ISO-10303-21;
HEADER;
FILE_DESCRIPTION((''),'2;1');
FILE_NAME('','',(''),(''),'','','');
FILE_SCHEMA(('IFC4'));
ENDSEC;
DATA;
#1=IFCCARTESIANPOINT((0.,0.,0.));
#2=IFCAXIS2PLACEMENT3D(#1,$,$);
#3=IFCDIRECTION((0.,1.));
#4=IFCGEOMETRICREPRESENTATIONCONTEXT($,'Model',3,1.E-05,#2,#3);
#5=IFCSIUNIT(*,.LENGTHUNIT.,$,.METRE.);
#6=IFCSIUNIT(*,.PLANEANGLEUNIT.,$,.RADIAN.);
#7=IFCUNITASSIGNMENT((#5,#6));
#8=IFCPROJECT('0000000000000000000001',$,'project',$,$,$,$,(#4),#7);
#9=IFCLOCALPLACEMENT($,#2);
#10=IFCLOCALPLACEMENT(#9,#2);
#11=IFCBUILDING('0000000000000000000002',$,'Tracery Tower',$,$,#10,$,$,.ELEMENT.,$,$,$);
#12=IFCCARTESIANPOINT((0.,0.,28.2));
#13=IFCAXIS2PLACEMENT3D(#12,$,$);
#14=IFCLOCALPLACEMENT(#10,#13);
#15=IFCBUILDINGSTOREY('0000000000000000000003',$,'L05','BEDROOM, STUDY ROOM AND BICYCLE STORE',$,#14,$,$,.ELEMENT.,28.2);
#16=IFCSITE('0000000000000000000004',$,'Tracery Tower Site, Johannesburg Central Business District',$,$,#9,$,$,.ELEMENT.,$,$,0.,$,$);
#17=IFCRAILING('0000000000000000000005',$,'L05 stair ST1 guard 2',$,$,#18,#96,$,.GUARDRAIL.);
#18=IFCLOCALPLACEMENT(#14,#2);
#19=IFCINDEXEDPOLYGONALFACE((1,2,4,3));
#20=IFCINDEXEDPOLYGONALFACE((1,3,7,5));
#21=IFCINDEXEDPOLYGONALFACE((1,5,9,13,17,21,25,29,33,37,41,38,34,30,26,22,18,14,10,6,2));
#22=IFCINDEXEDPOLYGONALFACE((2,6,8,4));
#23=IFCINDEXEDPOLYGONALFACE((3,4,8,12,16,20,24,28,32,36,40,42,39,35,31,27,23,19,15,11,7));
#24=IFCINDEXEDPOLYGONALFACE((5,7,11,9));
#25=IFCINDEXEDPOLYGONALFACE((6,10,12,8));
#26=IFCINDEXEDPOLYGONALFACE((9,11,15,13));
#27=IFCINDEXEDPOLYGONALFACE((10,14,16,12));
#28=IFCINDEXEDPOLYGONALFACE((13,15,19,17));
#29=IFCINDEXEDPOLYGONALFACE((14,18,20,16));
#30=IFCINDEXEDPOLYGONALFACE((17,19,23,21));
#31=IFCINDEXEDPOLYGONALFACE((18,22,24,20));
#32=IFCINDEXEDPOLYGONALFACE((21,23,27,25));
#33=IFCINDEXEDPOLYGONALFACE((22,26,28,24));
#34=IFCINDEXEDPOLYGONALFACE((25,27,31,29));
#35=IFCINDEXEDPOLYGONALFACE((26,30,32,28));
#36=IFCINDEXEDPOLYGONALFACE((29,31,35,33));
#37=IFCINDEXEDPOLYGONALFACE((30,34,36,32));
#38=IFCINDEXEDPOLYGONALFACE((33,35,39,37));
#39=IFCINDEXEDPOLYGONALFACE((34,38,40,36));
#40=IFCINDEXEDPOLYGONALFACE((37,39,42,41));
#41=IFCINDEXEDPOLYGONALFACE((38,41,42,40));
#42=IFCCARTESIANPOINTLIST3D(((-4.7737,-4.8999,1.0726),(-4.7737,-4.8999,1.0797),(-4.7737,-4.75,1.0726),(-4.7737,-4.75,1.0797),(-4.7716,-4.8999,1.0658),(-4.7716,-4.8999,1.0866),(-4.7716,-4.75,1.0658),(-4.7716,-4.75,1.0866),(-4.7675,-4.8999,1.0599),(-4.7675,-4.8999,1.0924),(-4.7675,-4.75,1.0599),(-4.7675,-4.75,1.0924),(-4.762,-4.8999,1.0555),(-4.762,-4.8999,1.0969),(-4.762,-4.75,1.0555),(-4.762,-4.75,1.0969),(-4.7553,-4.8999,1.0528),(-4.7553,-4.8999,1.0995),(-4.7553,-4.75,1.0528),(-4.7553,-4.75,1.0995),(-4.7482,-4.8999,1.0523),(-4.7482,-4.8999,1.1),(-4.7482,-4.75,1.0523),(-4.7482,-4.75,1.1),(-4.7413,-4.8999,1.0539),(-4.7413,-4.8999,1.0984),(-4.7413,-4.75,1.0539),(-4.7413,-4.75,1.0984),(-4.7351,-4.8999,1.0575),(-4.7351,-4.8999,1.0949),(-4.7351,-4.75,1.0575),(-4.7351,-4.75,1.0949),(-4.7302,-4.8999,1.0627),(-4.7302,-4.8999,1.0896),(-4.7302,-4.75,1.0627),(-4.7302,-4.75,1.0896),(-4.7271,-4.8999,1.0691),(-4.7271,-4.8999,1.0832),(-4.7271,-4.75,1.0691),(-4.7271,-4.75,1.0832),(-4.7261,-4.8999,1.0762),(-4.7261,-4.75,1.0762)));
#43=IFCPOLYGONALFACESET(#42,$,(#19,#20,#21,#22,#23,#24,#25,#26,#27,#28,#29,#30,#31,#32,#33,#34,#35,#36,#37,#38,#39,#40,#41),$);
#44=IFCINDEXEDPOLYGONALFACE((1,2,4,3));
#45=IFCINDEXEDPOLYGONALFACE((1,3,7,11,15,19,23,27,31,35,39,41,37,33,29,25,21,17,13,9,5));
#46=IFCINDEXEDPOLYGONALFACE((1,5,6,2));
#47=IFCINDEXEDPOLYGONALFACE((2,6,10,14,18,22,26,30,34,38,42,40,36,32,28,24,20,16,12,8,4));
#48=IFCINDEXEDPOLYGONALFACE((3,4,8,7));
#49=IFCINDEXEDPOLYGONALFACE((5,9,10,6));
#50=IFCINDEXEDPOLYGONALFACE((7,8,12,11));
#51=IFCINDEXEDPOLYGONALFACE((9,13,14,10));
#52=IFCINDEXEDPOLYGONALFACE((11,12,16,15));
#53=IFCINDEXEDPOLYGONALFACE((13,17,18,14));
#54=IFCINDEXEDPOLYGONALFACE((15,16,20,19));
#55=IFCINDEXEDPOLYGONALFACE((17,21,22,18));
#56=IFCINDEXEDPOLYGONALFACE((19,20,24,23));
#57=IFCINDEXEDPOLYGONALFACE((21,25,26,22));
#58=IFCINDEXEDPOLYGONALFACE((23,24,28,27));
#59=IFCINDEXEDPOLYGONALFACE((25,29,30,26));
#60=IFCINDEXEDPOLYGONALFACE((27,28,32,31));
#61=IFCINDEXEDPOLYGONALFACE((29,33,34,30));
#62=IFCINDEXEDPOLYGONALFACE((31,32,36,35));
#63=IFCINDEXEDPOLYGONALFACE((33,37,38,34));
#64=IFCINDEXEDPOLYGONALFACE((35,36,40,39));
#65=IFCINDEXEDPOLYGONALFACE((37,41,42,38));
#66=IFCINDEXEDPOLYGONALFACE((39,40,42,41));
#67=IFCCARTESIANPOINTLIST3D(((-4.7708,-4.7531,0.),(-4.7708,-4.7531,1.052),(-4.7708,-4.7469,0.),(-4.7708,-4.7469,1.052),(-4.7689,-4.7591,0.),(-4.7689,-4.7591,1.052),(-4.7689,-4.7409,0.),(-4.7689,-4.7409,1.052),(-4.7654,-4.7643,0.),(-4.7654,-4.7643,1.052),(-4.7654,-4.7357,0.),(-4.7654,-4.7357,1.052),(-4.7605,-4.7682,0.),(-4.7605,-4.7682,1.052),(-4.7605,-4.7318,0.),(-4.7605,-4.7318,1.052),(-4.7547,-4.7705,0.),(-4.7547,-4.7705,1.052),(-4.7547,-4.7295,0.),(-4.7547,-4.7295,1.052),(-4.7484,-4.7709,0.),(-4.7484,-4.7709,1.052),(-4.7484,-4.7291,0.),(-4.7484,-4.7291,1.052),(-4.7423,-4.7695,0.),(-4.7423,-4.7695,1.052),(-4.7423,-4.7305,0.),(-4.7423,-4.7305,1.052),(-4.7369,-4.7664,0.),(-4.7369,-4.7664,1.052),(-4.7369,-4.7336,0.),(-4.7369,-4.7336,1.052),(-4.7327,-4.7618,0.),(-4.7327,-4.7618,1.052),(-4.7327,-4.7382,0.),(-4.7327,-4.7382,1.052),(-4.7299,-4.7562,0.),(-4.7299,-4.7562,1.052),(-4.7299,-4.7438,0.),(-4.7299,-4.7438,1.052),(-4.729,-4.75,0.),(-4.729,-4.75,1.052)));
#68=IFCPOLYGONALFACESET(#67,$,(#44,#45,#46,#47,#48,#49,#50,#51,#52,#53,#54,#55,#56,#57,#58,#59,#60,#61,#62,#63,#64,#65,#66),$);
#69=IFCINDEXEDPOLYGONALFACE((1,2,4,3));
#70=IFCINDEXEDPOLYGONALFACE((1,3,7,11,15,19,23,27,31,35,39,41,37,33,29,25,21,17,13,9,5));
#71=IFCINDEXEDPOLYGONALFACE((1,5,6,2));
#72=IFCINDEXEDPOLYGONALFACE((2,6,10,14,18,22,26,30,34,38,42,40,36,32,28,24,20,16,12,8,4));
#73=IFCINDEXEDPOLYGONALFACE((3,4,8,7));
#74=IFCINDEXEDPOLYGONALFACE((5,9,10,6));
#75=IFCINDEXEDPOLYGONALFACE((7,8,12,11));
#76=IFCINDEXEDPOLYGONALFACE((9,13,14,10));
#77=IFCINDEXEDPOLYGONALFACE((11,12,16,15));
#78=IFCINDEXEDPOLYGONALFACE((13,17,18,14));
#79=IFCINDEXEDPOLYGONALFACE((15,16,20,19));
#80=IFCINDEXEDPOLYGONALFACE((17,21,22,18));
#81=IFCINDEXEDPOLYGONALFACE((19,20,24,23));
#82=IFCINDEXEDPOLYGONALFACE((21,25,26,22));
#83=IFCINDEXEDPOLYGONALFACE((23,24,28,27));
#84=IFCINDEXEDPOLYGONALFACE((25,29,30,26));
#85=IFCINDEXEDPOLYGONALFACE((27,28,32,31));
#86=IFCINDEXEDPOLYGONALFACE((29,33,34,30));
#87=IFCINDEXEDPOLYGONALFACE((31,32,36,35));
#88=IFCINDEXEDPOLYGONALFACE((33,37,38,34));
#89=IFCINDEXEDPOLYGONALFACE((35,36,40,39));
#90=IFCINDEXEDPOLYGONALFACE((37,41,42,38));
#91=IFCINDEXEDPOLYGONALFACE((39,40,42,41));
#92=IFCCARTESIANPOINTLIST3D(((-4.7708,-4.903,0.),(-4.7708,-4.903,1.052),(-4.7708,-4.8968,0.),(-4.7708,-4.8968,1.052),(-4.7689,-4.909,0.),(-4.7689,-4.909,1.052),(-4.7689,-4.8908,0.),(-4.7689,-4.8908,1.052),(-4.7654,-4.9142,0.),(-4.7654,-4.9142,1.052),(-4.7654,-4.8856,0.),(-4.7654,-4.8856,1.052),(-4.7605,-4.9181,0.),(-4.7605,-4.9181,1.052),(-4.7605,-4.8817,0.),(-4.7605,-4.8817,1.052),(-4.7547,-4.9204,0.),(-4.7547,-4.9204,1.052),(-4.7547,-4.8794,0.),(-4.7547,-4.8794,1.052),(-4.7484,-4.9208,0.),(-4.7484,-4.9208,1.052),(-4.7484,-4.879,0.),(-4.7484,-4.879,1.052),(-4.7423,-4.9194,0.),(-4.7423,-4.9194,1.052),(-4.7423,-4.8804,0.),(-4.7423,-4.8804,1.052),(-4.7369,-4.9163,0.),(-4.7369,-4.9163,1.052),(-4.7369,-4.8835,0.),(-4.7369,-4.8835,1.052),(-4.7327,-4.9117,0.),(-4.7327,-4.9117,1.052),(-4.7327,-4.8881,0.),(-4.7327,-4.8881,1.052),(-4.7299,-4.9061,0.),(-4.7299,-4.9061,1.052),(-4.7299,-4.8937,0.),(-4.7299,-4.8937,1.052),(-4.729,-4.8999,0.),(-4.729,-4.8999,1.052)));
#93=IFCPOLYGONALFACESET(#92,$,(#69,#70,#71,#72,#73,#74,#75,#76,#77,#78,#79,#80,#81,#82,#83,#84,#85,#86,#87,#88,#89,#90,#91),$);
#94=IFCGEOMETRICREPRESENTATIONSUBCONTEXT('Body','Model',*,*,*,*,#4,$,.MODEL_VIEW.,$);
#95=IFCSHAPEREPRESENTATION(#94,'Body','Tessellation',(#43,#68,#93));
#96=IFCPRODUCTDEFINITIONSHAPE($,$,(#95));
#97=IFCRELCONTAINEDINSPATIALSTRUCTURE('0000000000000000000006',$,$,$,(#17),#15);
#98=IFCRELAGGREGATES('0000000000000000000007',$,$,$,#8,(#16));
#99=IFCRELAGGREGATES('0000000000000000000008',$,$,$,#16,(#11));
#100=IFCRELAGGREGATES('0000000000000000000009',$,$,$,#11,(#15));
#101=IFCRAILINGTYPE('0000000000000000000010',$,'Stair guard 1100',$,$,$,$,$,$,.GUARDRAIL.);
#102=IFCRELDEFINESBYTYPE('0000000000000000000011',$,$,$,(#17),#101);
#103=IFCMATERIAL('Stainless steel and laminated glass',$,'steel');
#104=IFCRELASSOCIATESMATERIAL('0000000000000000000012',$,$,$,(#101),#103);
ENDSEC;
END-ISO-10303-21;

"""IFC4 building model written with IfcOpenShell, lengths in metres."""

from ifc_helpers import new_model, si_unit, direction, frame, origin, origin_2d, place, context, subcontext, project, spatial, circle, extrude, material, type_object, element, save


model = new_model("IFC4")

# Units and contexts
model_context = context("Model", 3, precision=1e-05, world=origin(), true_north=direction((0.0, 1.0)))
body_context = subcontext(model_context, "Body", "Model", "MODEL_VIEW")
ifc_project = project(units=[si_unit("LENGTHUNIT", "METRE"), si_unit("PLANEANGLEUNIT", "RADIAN")], contexts=[model_context])

# Site, building, storey
site_placement = place(None, origin())
site = spatial("IfcSite", under=ifc_project, at=site_placement, Name="Tracery Tower Site, Johannesburg Central Business District", CompositionType="ELEMENT", RefElevation=0.0)
building_placement = place(site_placement, origin())
building = spatial("IfcBuilding", under=site, at=building_placement, Name="Tracery Tower", CompositionType="ELEMENT")
storey_placement = place(building_placement, frame((0.0, 0.0, 28.2)))
storey = spatial("IfcBuildingStorey", under=building, at=storey_placement, Name="L05", Description="BEDROOM, STUDY ROOM AND BICYCLE STORE", CompositionType="ELEMENT", Elevation=28.2)

# Railing
ifc_material_1 = material(Name="Stainless steel and laminated glass", Category="steel")
railing_type_1 = type_object("IfcRailingType", Name="Stair guard 1100", PredefinedType="GUARDRAIL", material=ifc_material_1)
railing_1_placement = place(storey_placement, frame((-4.75, -4.75, 0.0)))
element("IfcRailing", 1, at=railing_1_placement, inside=storey, type_object=railing_type_1, Name="L05 stair ST1 guard 2", PredefinedType="GUARDRAIL", context=body_context, shape_type="SweptSolid", body=[
    extrude(circle(Radius=0.0239, at=origin_2d()), frame((0.0, 0.0, 1.0762), z_axis=(0.0, -1.0, 0.0), x_axis=(1.0, 0.0, 0.0)), (0.0, 0.0, 1.0), 0.1499),
    extrude(circle(Radius=0.021, at=origin_2d()), origin(), (0.0, 0.0, 1.0), 1.052),
    extrude(circle(Radius=0.021, at=origin_2d()), frame((0.0, -0.1499, 0.0)), (0.0, 0.0, 1.0), 1.052),
])

save(model, "model.ifc")
